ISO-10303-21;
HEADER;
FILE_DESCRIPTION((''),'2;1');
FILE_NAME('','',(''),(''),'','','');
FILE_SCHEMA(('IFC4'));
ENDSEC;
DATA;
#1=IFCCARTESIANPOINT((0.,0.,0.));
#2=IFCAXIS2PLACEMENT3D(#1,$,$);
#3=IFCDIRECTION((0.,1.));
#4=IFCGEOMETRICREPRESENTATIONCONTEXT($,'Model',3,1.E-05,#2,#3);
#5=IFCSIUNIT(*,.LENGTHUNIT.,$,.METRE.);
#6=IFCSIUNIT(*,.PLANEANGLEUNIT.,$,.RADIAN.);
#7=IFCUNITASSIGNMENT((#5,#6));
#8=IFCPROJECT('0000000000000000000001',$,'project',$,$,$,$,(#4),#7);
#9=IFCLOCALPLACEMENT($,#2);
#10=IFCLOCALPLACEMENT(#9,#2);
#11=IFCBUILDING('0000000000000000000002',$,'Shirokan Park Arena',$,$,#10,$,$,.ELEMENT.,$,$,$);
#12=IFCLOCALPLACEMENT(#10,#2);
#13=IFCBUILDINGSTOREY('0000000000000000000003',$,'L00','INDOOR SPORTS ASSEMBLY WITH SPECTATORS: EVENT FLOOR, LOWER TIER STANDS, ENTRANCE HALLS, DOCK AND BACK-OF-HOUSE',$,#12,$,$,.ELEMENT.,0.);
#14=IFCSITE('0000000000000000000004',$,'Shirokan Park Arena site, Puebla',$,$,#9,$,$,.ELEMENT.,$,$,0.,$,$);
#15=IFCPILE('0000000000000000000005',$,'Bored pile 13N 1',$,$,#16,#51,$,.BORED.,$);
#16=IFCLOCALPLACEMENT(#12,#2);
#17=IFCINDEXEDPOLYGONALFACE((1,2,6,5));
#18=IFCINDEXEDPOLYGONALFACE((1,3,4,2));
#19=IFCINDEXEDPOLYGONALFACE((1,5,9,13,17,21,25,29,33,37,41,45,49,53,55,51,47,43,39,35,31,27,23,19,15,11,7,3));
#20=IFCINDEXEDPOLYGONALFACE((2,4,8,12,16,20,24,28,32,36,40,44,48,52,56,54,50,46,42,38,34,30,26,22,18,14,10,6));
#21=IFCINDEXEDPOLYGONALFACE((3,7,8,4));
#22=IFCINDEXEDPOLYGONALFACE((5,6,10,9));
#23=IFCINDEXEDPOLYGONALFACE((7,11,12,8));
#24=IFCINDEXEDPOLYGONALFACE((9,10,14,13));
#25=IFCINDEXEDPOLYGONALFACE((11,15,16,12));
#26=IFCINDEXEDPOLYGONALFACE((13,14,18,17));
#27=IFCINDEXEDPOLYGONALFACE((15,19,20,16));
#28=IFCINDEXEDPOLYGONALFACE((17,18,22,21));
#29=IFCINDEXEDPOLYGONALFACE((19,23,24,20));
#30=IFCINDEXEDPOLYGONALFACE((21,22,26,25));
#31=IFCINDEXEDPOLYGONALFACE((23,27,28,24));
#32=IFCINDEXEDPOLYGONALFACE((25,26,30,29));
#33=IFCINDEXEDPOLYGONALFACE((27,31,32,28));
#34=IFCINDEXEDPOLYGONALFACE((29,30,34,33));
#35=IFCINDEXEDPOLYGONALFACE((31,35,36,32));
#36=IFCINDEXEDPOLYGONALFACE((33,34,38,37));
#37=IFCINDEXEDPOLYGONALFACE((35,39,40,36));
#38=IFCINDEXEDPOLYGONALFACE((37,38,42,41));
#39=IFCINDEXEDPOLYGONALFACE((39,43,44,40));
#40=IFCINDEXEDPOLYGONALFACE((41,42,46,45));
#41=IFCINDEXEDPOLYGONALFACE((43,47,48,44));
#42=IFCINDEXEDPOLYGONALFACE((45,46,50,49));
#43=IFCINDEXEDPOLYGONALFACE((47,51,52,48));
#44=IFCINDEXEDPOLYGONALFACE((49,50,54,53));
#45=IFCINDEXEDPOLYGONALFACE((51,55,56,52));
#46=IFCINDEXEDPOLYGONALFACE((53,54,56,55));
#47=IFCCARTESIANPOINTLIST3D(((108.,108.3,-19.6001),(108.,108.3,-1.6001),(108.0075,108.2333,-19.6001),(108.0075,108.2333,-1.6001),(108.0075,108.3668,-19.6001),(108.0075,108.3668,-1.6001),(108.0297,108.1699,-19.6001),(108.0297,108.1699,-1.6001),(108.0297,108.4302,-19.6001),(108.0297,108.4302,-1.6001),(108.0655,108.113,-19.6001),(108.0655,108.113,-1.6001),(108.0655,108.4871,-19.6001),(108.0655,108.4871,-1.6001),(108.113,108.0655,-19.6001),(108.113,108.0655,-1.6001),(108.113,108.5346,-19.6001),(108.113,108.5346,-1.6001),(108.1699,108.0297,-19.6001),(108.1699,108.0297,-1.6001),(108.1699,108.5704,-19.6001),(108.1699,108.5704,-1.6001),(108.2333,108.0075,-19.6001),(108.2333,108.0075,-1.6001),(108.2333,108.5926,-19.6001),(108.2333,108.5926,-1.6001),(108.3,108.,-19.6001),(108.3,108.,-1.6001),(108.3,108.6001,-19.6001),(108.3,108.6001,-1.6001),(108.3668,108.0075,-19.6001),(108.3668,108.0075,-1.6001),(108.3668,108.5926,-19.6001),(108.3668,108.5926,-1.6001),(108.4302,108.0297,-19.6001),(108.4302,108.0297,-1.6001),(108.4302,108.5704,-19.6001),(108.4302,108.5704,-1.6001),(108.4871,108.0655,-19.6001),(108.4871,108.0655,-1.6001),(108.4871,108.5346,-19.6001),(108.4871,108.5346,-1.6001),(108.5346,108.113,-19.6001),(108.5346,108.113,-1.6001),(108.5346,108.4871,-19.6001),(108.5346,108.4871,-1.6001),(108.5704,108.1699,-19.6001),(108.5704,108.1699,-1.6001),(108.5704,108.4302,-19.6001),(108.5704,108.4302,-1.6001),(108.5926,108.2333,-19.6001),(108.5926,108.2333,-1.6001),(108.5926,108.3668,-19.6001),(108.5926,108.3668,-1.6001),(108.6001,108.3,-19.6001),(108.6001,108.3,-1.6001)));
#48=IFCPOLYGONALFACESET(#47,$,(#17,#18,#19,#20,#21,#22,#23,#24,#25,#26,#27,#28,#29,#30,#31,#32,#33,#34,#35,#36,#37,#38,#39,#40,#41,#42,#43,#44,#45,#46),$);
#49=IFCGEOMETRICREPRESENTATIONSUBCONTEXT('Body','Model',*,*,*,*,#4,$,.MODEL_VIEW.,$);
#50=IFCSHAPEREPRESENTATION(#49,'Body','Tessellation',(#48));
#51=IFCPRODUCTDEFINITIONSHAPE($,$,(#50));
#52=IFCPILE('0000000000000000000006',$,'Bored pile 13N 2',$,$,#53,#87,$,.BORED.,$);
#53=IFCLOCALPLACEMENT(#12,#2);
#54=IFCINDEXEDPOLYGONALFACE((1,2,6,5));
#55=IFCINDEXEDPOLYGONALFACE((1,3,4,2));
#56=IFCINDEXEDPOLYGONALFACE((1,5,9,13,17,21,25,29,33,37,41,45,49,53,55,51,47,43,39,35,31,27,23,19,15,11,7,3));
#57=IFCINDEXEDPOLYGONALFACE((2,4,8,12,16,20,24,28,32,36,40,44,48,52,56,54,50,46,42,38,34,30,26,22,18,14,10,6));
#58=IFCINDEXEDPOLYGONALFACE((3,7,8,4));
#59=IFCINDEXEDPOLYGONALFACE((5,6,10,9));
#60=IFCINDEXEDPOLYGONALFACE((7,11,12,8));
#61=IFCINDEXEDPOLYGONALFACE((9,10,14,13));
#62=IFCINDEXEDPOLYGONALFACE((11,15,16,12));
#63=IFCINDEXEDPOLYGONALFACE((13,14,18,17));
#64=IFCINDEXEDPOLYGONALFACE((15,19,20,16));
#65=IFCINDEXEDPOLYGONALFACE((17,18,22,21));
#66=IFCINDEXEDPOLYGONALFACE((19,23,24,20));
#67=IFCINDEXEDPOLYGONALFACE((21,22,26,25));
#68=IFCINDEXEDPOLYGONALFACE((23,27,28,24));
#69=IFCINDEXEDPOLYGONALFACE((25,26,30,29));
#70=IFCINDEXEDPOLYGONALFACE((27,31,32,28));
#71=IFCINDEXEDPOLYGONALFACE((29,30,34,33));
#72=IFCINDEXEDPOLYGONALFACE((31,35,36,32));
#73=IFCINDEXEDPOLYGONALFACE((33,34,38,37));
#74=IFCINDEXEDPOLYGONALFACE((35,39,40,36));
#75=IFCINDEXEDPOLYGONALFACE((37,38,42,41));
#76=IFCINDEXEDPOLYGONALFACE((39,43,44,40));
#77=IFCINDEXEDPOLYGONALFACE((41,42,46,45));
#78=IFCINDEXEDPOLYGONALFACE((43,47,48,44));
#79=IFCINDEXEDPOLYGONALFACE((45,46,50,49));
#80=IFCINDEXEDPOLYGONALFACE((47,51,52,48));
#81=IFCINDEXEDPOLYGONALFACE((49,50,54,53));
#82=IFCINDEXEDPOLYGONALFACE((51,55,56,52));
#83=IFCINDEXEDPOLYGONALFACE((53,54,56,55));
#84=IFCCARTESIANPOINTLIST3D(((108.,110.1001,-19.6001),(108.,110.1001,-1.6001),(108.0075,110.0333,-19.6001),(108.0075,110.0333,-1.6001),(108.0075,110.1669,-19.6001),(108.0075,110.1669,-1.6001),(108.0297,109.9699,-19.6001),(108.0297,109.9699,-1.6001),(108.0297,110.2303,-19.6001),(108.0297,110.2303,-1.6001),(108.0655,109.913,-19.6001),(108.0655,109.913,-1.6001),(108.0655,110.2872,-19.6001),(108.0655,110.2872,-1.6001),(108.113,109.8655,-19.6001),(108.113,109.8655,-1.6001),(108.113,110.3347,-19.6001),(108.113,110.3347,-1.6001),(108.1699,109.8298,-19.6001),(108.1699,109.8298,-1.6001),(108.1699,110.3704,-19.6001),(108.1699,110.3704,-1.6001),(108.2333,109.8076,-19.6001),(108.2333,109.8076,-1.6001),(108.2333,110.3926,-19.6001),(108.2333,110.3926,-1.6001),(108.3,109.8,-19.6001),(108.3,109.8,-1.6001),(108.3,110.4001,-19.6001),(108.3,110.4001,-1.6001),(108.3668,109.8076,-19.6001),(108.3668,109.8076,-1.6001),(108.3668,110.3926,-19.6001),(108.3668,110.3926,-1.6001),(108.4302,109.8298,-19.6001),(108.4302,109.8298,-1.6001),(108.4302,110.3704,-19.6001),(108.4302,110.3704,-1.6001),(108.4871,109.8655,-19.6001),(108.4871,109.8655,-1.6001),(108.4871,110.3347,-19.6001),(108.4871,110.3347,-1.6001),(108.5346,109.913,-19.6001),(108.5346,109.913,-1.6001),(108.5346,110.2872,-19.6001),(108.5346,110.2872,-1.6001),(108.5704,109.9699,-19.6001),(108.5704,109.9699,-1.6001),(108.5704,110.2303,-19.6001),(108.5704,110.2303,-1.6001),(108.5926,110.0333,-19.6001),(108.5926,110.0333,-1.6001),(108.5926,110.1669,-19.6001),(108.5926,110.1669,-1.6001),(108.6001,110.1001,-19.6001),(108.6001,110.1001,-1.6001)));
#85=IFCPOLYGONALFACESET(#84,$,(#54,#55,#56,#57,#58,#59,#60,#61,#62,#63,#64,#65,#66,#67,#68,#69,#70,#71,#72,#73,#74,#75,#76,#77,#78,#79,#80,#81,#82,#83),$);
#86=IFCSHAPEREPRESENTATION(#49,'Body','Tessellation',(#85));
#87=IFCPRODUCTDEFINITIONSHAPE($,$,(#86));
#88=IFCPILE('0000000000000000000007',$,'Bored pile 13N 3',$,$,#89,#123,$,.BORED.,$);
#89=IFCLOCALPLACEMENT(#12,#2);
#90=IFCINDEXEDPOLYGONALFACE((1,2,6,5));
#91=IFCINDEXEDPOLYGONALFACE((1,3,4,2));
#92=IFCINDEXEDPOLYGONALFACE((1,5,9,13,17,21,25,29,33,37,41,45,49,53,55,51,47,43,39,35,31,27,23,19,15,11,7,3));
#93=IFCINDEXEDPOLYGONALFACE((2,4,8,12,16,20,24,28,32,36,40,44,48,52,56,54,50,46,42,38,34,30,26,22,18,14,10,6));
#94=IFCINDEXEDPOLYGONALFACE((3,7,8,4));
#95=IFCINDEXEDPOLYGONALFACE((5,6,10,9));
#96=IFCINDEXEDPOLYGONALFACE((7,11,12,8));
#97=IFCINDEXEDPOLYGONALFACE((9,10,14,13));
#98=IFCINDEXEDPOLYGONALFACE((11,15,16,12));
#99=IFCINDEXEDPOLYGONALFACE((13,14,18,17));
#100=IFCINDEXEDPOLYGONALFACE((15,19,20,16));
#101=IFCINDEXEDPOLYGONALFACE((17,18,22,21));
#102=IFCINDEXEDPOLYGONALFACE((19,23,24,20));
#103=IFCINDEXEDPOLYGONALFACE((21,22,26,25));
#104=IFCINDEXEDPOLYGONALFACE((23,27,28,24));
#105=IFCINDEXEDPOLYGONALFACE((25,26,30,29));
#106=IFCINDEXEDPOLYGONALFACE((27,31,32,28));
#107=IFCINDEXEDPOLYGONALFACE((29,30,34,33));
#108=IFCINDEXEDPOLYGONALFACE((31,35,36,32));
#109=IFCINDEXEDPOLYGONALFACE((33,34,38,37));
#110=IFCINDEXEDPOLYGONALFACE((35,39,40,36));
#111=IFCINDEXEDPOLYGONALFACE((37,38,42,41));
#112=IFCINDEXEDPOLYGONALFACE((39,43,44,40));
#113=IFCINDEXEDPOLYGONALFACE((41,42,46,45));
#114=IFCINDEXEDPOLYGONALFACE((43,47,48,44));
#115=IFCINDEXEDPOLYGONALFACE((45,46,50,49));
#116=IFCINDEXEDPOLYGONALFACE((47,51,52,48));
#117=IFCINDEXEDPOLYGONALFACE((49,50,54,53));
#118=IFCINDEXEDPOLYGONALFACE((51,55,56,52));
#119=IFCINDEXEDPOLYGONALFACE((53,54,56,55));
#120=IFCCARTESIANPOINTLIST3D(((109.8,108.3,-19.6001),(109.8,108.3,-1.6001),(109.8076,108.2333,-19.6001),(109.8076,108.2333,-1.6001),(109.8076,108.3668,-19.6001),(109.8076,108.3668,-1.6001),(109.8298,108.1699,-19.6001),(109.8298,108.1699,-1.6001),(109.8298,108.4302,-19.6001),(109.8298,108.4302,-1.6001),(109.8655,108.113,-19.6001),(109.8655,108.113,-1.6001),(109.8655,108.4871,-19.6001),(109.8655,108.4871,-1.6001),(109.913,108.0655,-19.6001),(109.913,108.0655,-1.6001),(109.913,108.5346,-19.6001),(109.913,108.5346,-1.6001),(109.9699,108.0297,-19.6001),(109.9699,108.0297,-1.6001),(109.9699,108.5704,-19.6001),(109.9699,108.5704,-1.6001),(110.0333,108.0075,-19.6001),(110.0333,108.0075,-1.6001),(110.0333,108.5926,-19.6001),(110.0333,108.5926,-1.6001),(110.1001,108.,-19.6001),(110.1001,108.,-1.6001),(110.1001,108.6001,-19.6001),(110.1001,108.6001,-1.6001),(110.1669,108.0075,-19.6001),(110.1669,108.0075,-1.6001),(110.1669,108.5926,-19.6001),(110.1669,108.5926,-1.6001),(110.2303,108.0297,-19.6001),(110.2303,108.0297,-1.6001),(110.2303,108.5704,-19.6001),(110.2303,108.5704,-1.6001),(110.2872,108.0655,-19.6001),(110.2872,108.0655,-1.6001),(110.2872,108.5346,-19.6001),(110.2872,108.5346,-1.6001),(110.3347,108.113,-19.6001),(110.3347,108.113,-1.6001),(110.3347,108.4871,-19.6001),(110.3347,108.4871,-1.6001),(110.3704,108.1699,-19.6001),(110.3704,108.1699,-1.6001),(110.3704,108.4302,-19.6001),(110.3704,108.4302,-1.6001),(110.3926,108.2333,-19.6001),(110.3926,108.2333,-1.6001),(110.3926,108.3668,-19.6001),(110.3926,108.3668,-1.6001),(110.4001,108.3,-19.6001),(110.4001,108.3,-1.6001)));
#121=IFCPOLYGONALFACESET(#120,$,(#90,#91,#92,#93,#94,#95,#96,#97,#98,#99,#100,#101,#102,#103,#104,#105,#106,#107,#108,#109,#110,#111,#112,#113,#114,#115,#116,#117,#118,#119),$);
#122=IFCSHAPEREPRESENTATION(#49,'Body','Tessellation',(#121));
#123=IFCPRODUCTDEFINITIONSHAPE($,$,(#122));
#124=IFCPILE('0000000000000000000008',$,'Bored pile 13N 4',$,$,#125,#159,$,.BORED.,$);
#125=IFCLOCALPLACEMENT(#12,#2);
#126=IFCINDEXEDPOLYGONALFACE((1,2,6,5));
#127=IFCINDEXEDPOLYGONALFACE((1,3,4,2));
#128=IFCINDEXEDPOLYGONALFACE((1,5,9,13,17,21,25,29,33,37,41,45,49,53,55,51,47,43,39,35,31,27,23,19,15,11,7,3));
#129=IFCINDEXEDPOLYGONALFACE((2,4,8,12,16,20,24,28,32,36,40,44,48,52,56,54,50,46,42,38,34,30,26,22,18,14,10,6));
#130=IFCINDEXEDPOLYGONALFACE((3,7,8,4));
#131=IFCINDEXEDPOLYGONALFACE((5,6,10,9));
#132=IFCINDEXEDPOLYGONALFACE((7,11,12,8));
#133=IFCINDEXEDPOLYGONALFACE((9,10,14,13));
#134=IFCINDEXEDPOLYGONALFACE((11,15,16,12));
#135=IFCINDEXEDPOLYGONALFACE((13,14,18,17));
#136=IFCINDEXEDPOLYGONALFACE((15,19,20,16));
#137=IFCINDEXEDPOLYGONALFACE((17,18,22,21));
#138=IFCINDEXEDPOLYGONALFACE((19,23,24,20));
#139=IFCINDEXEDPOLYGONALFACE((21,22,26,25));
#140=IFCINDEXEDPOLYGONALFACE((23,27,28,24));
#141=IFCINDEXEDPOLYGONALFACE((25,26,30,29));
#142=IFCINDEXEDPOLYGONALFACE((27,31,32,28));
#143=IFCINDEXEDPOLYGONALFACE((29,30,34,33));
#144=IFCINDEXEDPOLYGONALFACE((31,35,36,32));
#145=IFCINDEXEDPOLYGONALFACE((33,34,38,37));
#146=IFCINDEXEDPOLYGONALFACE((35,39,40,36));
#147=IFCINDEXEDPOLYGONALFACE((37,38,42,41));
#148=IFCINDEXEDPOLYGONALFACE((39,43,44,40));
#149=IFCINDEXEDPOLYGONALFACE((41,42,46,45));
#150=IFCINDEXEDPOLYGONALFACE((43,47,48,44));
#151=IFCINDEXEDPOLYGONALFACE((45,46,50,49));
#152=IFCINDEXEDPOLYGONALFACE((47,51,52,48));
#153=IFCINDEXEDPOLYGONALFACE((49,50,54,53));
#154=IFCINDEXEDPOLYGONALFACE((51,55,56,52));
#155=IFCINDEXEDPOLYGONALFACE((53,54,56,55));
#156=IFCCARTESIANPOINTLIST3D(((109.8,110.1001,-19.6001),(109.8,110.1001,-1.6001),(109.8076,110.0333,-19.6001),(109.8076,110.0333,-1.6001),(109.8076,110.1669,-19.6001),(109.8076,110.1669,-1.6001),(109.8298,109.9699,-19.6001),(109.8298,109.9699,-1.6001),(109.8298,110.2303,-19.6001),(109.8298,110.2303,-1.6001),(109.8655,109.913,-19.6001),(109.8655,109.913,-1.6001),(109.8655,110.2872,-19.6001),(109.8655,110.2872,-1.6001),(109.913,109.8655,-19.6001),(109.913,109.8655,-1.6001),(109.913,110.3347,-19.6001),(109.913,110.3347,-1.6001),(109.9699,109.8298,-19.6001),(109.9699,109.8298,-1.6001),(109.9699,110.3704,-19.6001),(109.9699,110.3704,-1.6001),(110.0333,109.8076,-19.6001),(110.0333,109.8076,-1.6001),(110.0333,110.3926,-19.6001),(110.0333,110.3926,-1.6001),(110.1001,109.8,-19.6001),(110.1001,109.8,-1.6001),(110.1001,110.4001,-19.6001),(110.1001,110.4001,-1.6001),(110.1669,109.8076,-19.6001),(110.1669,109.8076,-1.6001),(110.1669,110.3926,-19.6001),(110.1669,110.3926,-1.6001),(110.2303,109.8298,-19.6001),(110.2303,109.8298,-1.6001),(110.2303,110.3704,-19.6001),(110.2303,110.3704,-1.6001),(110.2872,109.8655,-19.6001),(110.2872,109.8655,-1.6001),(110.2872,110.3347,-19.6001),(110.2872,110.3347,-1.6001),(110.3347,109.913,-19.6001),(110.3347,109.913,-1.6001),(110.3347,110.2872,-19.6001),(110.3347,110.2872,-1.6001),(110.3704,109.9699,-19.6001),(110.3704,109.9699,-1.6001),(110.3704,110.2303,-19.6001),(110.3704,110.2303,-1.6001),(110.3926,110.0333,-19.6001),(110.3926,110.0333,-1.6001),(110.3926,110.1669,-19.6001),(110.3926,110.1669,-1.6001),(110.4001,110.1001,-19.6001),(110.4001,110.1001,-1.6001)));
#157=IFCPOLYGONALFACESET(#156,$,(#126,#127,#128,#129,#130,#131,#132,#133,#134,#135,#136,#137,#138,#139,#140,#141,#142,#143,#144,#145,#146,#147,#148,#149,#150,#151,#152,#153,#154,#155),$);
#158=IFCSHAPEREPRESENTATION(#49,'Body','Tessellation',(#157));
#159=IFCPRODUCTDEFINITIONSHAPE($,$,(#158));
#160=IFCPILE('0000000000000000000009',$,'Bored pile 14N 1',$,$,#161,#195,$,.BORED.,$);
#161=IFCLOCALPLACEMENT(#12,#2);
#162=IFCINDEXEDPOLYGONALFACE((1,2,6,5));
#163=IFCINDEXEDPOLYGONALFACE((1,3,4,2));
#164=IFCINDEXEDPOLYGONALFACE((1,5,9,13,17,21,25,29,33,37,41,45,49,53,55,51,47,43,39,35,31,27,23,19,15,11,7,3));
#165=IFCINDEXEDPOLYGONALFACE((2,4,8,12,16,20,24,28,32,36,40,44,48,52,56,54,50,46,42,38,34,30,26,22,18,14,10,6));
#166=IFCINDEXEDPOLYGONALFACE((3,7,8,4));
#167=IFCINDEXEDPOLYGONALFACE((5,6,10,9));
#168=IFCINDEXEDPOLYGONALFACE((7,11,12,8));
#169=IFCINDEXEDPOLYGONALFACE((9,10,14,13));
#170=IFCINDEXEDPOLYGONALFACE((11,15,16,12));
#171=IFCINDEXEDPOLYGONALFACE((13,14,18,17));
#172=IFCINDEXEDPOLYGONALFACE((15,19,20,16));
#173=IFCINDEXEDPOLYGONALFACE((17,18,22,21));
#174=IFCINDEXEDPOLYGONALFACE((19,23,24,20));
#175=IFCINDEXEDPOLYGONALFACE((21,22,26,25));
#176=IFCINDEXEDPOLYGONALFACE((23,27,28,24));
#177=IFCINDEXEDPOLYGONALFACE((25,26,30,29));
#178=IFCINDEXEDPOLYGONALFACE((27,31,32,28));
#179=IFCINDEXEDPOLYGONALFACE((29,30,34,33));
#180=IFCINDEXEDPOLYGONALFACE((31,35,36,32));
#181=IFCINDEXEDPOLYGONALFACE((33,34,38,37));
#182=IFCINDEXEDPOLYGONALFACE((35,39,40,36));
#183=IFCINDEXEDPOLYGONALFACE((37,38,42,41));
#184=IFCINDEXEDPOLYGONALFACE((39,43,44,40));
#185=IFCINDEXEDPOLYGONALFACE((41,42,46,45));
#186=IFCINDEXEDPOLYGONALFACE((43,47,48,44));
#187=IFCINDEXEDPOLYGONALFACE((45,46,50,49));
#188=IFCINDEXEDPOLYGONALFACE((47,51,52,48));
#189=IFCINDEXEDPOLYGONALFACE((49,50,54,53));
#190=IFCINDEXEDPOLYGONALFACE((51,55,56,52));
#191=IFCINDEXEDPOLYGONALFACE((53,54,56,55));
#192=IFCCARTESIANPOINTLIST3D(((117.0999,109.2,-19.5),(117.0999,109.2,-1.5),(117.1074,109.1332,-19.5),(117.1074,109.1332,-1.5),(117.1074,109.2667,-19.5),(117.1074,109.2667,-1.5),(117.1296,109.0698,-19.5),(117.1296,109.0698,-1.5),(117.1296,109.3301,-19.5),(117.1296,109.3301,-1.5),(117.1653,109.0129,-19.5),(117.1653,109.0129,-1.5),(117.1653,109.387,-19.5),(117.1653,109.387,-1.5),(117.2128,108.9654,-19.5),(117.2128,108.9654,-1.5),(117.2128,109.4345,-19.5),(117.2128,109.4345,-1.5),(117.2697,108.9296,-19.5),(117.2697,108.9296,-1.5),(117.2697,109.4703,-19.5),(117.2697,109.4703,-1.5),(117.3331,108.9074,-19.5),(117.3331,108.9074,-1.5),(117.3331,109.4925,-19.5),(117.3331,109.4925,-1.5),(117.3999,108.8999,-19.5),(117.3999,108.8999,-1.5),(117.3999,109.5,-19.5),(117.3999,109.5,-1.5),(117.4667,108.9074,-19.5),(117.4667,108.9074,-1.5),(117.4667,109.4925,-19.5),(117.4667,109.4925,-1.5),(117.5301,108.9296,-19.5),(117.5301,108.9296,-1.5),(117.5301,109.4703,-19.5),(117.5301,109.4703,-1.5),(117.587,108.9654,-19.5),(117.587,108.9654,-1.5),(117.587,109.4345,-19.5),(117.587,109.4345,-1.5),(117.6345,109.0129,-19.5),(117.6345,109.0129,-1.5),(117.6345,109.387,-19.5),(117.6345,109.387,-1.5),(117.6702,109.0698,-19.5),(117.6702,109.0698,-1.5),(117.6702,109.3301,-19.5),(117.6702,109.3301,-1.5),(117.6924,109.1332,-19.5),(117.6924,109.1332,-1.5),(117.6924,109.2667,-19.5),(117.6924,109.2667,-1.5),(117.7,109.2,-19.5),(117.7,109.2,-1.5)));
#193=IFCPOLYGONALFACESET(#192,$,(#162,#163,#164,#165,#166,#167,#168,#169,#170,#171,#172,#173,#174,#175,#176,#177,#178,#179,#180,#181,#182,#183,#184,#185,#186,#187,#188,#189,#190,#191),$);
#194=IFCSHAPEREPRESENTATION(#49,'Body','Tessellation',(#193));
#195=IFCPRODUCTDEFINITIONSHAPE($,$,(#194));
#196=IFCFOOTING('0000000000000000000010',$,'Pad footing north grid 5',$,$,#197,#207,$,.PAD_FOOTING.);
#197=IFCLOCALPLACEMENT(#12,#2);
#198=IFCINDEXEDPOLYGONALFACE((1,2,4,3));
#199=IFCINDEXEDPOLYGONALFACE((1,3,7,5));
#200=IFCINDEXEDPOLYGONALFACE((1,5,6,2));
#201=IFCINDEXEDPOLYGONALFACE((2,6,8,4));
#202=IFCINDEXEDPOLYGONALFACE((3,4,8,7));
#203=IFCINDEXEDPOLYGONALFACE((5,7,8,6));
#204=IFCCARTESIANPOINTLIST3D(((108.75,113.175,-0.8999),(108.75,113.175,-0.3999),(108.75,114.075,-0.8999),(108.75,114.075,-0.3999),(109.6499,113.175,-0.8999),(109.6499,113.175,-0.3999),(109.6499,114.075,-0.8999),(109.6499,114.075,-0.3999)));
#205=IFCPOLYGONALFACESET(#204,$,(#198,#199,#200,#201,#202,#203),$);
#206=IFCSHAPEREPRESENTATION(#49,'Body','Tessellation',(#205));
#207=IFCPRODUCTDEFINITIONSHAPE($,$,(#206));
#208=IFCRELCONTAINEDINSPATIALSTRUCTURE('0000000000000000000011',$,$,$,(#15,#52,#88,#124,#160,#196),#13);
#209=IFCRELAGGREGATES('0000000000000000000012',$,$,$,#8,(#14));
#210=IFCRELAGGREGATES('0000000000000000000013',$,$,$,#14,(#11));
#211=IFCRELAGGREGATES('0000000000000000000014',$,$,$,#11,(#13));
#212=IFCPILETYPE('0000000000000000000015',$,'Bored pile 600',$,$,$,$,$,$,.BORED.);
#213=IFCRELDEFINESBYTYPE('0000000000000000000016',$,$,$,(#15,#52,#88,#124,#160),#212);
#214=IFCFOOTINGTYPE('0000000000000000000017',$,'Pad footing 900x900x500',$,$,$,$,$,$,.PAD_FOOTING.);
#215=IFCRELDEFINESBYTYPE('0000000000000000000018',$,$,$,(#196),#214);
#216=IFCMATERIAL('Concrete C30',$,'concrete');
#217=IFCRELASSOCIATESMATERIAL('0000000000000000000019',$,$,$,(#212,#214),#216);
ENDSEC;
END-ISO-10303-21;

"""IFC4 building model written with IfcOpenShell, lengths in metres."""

from ifc_helpers import new_model, si_unit, direction, frame, origin, origin_2d, place, context, subcontext, project, spatial, rectangle, circle, extrude, material, material_profile, profile_set, type_object, element, save


model = new_model("IFC4")

# Units and contexts
model_context = context("Model", 3, precision=1e-05, world=origin(), true_north=direction((0.0, 1.0)))
body_context = subcontext(model_context, "Body", "Model", "MODEL_VIEW")
ifc_project = project(units=[si_unit("LENGTHUNIT", "METRE"), si_unit("PLANEANGLEUNIT", "RADIAN")], contexts=[model_context])

# Site, building, storey
site_placement = place(None, origin())
site = spatial("IfcSite", under=ifc_project, at=site_placement, Name="Shirokan Park Arena site, Puebla", CompositionType="ELEMENT", RefElevation=0.0)
building_placement = place(site_placement, origin())
building = spatial("IfcBuilding", under=site, at=building_placement, Name="Shirokan Park Arena", CompositionType="ELEMENT")
storey_placement = place(building_placement, origin())
storey = spatial("IfcBuildingStorey", under=building, at=storey_placement, Name="L00", Description="INDOOR SPORTS ASSEMBLY WITH SPECTATORS: EVENT FLOOR, LOWER TIER STANDS, ENTRANCE HALLS, DOCK AND BACK-OF-HOUSE", CompositionType="ELEMENT", Elevation=0.0)

# Piles
ifc_material_1 = material(Name="Concrete C30", Category="concrete")
ifc_material_profile_1 = material_profile(ifc_material_1, circle(Radius=0.3, at=origin_2d()), Name="D600")
ifc_profile_set_1 = profile_set([ifc_material_profile_1], Name="Concrete C30")
pile_type = type_object("IfcPileType", Name="Bored pile 600", PredefinedType="BORED", material=ifc_profile_set_1)
for number, where, z_axis, x_axis, name in (
    (1, (108.3, 108.3, -1.6001), (0.0, 0.0, -1.0), (1.0, 0.0, 0.0), "Bored pile 13N 1"),
    (2, (108.3, 110.1001, -1.6001), (0.0, 0.0, -1.0), (1.0, 0.0, 0.0), "Bored pile 13N 2"),
    (3, (110.1001, 108.3, -1.6001), (0.0, 0.0, -1.0), (1.0, 0.0, 0.0), "Bored pile 13N 3"),
    (4, (110.1001, 110.1001, -1.6001), (0.0, 0.0, -1.0), (1.0, 0.0, 0.0), "Bored pile 13N 4"),
    (5, (117.3999, 109.2, -1.5), (0.0, 0.0, -1.0), (1.0, 0.0, 0.0), "Bored pile 14N 1"),
):
    element("IfcPile", number, at=place(storey_placement, frame(where, z_axis=z_axis, x_axis=x_axis)), inside=storey, type_object=pile_type, Name=name, PredefinedType="BORED", context=body_context, shape_type="SweptSolid", body=[
        extrude(circle(Radius=0.3, at=origin_2d()), origin(), (0.0, 0.0, 1.0), 18.0),
    ])

# Footing
footing_type_1 = type_object("IfcFootingType", Name="Pad footing 900x900x500", PredefinedType="PAD_FOOTING", material=ifc_material_1)
footing_1_placement = place(storey_placement, frame((109.2, 113.625, -0.8999), z_axis=(0.0, 0.0, 1.0), x_axis=(1.0, 0.0, 0.0)))
element("IfcFooting", 6, at=footing_1_placement, inside=storey, type_object=footing_type_1, Name="Pad footing north grid 5", PredefinedType="PAD_FOOTING", context=body_context, shape_type="SweptSolid", body=[
    extrude(rectangle(XDim=0.8999, YDim=0.8999, at=origin_2d()), origin(), (0.0, 0.0, 1.0), 0.5),
])

save(model, "model.ifc")
